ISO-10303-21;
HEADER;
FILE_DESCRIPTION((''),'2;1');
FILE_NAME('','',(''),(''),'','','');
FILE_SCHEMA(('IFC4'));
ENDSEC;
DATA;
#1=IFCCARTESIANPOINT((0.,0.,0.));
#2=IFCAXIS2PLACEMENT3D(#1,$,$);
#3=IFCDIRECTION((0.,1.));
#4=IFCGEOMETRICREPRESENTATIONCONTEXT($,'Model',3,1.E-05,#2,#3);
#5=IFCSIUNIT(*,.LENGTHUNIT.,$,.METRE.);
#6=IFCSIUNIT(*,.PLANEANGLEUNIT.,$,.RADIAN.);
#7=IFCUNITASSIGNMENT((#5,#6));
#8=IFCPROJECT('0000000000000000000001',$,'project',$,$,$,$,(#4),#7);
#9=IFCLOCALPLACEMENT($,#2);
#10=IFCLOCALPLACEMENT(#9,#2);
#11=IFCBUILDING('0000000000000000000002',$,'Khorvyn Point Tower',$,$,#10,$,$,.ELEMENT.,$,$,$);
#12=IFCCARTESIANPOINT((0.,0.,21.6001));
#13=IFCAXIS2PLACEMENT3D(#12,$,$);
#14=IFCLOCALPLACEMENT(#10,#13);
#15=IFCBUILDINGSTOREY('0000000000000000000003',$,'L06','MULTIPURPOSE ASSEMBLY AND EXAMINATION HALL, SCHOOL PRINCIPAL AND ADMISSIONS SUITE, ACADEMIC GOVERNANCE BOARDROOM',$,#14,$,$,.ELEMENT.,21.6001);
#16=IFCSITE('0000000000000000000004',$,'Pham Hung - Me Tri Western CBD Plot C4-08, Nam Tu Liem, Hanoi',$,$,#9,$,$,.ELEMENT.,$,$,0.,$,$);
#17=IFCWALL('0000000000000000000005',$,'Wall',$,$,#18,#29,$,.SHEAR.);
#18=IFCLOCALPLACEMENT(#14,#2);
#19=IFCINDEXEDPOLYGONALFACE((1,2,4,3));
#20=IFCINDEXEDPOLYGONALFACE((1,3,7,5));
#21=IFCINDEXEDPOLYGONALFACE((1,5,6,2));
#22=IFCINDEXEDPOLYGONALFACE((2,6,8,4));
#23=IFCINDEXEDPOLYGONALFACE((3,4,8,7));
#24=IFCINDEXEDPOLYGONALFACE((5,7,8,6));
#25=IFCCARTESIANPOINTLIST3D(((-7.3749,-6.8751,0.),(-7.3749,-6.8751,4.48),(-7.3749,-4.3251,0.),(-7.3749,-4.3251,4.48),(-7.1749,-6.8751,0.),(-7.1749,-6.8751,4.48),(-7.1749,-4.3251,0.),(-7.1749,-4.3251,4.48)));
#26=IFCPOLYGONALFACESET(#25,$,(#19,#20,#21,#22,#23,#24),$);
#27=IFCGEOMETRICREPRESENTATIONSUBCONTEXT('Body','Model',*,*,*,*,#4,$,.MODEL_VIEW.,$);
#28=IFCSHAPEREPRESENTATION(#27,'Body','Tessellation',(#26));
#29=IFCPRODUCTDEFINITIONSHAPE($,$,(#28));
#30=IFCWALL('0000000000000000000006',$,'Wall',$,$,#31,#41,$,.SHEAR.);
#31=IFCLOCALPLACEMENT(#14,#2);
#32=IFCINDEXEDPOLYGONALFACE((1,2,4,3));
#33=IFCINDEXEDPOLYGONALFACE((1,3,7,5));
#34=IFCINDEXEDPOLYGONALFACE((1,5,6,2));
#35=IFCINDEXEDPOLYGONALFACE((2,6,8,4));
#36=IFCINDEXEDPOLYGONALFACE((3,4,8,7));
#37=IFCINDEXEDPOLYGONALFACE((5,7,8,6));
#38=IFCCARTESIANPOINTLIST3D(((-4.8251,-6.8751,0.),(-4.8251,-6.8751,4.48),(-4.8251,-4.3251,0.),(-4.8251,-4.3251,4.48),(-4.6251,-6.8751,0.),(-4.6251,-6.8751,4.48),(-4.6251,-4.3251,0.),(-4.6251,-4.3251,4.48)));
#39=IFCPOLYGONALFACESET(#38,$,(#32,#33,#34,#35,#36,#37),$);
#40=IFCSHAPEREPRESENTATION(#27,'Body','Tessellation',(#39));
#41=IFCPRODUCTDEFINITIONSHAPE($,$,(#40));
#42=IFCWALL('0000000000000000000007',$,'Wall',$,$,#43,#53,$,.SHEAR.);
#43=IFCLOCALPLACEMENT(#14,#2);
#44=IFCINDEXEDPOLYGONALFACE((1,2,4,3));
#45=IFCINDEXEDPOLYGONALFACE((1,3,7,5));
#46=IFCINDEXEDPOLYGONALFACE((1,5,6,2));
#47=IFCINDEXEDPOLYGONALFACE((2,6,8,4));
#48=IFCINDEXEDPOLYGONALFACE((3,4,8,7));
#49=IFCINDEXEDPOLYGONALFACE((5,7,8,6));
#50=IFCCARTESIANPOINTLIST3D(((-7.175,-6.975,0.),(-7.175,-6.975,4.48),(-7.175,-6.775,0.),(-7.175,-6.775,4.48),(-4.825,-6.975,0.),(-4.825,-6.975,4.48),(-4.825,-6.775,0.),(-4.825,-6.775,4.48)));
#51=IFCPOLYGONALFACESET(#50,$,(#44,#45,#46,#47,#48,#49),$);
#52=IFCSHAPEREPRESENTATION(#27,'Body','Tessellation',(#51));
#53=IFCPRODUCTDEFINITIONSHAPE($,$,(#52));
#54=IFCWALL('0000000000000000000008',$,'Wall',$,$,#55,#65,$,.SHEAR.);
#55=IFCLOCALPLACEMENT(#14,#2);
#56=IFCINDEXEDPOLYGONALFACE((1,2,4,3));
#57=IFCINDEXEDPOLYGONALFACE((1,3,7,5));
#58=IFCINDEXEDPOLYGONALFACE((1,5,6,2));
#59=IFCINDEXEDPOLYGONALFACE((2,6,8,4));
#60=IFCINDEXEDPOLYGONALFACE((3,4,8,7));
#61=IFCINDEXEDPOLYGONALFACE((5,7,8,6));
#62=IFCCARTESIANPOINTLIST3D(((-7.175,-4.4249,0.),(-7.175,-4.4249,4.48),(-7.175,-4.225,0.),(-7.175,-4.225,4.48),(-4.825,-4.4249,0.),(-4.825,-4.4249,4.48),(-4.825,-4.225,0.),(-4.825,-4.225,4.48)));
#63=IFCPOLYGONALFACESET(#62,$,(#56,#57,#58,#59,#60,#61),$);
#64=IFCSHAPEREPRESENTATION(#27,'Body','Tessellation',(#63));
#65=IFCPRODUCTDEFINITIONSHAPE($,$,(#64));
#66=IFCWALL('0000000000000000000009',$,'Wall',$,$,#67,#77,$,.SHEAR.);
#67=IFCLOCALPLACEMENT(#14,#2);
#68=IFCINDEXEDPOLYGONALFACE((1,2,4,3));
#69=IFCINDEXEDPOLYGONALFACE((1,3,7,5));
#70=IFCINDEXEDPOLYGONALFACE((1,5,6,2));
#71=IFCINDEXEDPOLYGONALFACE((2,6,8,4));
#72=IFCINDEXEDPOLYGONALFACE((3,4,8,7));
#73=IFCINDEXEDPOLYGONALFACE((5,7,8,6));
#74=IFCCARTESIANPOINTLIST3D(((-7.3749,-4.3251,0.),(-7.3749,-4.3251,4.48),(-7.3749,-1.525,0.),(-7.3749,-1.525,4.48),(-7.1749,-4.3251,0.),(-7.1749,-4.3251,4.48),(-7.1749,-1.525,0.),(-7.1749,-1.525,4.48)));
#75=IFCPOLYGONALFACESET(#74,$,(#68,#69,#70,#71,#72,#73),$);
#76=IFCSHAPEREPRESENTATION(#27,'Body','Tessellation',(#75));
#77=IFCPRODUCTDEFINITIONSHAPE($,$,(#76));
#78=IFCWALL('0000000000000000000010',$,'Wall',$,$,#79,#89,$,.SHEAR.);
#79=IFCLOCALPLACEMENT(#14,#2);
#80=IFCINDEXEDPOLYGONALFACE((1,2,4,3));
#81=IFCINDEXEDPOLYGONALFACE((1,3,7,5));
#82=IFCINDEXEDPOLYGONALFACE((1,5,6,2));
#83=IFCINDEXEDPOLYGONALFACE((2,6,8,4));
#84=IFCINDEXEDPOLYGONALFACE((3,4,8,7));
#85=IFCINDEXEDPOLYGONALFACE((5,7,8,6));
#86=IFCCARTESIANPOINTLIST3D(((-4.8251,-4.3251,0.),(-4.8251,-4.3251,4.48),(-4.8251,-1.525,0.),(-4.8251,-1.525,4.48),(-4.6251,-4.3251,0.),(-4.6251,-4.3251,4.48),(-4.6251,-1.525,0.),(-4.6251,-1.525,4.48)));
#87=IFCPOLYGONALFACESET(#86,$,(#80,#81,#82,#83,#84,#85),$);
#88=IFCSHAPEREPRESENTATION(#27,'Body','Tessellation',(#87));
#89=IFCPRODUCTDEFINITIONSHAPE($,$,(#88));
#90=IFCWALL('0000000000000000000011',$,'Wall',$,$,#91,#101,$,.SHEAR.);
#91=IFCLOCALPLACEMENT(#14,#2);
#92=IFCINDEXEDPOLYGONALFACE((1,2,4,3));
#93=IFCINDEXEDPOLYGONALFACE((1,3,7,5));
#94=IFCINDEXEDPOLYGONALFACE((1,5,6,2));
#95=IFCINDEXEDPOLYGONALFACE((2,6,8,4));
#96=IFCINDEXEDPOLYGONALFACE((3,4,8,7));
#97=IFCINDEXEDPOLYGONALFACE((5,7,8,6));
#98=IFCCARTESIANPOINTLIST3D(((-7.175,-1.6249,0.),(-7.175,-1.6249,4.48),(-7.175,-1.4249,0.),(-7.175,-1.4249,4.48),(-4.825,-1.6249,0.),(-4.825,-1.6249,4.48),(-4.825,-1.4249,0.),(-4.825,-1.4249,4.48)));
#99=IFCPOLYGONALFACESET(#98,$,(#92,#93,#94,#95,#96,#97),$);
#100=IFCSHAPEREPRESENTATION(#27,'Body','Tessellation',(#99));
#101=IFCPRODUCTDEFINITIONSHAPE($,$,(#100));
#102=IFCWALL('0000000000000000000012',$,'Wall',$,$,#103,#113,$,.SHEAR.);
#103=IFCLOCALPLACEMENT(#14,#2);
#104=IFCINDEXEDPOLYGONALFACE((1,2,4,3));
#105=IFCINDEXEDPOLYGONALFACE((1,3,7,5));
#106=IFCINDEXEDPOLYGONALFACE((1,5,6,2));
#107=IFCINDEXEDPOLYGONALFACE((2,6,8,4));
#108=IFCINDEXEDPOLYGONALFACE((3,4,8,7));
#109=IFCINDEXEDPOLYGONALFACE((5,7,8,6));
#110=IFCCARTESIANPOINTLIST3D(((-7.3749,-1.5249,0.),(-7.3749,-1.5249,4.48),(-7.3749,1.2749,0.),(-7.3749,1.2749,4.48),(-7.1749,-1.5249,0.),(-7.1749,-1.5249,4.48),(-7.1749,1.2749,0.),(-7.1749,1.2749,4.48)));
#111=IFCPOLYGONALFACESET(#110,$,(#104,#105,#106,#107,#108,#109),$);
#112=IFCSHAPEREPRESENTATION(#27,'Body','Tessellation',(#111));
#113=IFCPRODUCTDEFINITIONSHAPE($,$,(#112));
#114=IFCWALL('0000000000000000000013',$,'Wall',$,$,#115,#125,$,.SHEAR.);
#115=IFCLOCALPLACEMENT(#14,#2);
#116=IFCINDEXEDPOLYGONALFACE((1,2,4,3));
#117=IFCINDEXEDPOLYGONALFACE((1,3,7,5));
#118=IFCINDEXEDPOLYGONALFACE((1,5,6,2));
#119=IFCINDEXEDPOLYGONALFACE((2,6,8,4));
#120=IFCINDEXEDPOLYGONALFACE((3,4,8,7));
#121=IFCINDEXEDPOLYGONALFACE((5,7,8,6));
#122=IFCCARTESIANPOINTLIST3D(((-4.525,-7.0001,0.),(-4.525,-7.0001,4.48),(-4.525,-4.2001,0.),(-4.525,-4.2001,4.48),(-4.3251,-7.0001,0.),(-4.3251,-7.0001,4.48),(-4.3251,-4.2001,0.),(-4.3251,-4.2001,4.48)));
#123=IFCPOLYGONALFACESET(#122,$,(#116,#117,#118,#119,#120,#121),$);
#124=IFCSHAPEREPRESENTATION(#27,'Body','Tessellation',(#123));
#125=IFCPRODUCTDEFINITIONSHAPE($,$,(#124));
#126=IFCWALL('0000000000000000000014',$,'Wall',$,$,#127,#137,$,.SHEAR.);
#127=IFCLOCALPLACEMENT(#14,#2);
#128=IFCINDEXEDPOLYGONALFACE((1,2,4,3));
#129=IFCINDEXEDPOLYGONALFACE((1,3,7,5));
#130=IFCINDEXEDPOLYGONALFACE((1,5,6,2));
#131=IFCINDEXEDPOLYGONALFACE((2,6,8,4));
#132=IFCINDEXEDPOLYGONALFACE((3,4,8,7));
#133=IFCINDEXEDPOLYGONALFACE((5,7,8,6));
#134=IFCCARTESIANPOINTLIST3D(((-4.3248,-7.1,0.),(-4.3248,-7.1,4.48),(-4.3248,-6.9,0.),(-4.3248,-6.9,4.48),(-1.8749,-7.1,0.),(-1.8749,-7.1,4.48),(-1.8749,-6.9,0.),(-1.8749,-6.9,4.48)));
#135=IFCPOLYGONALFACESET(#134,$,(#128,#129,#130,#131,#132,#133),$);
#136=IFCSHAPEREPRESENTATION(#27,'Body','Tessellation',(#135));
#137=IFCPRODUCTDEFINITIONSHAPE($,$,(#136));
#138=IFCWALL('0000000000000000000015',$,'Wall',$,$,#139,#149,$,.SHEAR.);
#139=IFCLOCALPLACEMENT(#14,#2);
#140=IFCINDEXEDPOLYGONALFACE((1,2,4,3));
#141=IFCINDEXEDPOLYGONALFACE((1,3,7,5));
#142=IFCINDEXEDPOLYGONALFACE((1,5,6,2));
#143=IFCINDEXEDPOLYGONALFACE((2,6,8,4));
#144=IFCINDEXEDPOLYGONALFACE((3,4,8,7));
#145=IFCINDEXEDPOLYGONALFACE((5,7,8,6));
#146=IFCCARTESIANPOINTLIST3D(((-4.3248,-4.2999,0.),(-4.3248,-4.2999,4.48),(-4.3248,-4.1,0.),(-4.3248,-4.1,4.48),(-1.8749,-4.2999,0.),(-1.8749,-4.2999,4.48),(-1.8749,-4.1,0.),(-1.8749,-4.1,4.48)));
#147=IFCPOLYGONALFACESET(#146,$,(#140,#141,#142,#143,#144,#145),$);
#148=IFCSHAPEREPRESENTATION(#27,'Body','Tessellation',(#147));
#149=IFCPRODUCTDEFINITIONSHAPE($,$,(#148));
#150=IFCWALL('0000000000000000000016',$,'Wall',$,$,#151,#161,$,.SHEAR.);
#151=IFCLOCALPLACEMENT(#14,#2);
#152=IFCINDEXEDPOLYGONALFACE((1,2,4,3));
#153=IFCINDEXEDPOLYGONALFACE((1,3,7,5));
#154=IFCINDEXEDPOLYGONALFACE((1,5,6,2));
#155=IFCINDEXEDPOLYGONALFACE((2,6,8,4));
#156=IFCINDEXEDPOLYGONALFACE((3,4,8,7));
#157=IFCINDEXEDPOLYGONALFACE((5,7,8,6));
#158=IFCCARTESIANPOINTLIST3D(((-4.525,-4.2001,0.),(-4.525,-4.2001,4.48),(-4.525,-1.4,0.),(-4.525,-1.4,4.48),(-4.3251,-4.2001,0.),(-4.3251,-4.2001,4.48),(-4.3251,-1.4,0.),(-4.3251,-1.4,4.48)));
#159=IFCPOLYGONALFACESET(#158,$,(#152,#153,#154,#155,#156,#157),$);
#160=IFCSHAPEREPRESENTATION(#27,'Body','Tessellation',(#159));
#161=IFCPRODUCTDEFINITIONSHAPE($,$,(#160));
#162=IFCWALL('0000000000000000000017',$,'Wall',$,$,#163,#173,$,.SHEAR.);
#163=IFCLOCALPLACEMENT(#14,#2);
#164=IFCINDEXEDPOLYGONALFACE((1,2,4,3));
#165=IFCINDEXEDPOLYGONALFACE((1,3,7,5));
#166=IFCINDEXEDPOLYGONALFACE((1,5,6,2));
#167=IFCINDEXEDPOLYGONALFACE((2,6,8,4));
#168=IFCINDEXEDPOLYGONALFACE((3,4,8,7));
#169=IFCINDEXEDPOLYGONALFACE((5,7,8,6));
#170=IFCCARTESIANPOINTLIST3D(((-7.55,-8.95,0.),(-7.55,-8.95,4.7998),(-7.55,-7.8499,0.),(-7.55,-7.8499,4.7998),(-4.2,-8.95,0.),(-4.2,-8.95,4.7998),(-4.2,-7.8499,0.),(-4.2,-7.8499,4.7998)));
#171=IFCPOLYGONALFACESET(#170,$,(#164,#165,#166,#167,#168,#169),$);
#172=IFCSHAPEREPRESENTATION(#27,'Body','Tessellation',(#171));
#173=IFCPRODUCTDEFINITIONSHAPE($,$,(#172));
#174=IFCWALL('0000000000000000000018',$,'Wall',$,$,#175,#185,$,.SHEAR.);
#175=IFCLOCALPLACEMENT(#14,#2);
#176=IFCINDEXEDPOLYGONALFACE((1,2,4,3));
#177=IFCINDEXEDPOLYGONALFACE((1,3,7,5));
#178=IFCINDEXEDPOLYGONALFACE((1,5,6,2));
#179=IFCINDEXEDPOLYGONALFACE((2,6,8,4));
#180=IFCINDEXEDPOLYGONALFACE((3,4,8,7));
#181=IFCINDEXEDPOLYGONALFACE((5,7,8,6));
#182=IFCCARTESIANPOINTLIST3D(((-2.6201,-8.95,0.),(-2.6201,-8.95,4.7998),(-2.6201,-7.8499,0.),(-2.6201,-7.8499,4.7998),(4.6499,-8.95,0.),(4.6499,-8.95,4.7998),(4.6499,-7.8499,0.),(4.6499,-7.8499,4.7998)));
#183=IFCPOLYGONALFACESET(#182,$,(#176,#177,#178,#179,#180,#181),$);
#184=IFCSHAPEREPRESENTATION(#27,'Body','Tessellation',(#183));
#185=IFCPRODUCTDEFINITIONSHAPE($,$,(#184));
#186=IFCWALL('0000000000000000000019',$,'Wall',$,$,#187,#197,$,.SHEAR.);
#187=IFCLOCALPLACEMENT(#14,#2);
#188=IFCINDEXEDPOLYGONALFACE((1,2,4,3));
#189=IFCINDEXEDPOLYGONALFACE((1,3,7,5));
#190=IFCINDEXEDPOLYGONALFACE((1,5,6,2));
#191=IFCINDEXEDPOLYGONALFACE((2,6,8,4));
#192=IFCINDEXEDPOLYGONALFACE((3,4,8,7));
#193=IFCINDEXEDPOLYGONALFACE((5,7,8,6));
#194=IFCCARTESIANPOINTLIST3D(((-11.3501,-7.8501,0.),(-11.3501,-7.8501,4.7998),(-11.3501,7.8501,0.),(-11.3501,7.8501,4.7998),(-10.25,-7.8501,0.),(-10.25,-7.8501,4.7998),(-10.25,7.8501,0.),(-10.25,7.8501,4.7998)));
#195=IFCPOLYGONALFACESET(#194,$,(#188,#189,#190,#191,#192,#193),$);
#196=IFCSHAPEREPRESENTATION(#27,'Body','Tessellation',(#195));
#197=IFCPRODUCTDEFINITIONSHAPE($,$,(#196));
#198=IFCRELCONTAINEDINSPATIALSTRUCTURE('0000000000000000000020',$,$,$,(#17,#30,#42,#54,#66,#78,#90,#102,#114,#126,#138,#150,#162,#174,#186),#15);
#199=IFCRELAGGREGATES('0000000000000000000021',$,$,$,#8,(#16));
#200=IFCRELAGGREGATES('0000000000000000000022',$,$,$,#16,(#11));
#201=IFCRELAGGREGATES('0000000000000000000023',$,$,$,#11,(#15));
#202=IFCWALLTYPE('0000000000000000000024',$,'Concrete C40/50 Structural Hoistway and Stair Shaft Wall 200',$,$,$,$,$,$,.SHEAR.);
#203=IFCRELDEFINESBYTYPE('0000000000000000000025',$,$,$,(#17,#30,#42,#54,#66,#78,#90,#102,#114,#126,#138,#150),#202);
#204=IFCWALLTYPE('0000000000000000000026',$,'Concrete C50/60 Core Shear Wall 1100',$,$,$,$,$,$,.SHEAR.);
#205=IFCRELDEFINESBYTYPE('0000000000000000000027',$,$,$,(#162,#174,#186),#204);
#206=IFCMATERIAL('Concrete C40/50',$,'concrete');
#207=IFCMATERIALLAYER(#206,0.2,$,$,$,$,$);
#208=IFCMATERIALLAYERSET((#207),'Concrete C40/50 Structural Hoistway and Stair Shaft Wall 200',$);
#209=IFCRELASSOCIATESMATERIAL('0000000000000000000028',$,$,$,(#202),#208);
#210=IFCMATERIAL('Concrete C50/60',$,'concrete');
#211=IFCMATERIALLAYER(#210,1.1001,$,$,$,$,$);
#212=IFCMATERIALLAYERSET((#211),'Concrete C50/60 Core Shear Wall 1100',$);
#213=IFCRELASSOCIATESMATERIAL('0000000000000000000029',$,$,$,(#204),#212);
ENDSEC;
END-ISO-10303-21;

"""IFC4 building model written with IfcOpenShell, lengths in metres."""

from ifc_helpers import new_model, si_unit, direction, frame, frame_2d, origin, place, context, subcontext, project, spatial, rectangle, extrude, material, layer, layer_set, type_object, element, save


model = new_model("IFC4")

# Units and contexts
model_context = context("Model", 3, precision=1e-05, world=origin(), true_north=direction((0.0, 1.0)))
body_context = subcontext(model_context, "Body", "Model", "MODEL_VIEW")
ifc_project = project(units=[si_unit("LENGTHUNIT", "METRE"), si_unit("PLANEANGLEUNIT", "RADIAN")], contexts=[model_context])

# Site, building, storey
site_placement = place(None, origin())
site = spatial("IfcSite", under=ifc_project, at=site_placement, Name="Pham Hung - Me Tri Western CBD Plot C4-08, Nam Tu Liem, Hanoi", CompositionType="ELEMENT", RefElevation=0.0)
building_placement = place(site_placement, origin())
building = spatial("IfcBuilding", under=site, at=building_placement, Name="Khorvyn Point Tower", CompositionType="ELEMENT")
storey_placement = place(building_placement, frame((0.0, 0.0, 21.6001)))
storey = spatial("IfcBuildingStorey", under=building, at=storey_placement, Name="L06", Description="MULTIPURPOSE ASSEMBLY AND EXAMINATION HALL, SCHOOL PRINCIPAL AND ADMISSIONS SUITE, ACADEMIC GOVERNANCE BOARDROOM", CompositionType="ELEMENT", Elevation=21.6001)

# Shared definitions
ifc_material_1 = material(Name="Concrete C40/50", Category="concrete")
ifc_material_2 = material(Name="Concrete C50/60", Category="concrete")

# Walls
ifc_layer_1 = layer(ifc_material_1, 0.2)
ifc_layer_set_1 = layer_set([ifc_layer_1], Name="Concrete C40/50 Structural Hoistway and Stair Shaft Wall 200")
wall_type_1 = type_object("IfcWallType", Name="Concrete C40/50 Structural Hoistway and Stair Shaft Wall 200", PredefinedType="SHEAR", material=ifc_layer_set_1)
for number, where, z_axis, x_axis, name in (
    (1, (-7.2749, -6.875, 0.0), (0.0, 0.0, 1.0), (0.0, 1.0, 0.0), "Wall"),
    (2, (-4.7251, -6.875, 0.0), (0.0, 0.0, 1.0), (0.0, 1.0, 0.0), "Wall"),
):
    element("IfcWall", number, at=place(storey_placement, frame(where, z_axis=z_axis, x_axis=x_axis)), inside=storey, type_object=wall_type_1, Name=name, PredefinedType="SHEAR", context=body_context, shape_type="SweptSolid", body=[
        extrude(rectangle(XDim=2.55, YDim=0.2, at=frame_2d((1.2749, 0.0))), origin(), (0.0, 0.0, 1.0), 4.48),
    ])
for number, where, z_axis, x_axis, name in (
    (3, (-7.175, -6.875, 0.0), (0.0, 0.0, 1.0), (1.0, 0.0, 0.0), "Wall"),
    (4, (-7.175, -4.325, 0.0), (0.0, 0.0, 1.0), (1.0, 0.0, 0.0), "Wall"),
):
    element("IfcWall", number, at=place(storey_placement, frame(where, z_axis=z_axis, x_axis=x_axis)), inside=storey, type_object=wall_type_1, Name=name, PredefinedType="SHEAR", context=body_context, shape_type="SweptSolid", body=[
        extrude(rectangle(XDim=2.3501, YDim=0.2, at=frame_2d((1.175, 0.0))), origin(), (0.0, 0.0, 1.0), 4.48),
    ])
for number, where, z_axis, x_axis, name in (
    (5, (-7.2749, -4.325, 0.0), (0.0, 0.0, 1.0), (0.0, 1.0, 0.0), "Wall"),
    (6, (-4.7251, -4.325, 0.0), (0.0, 0.0, 1.0), (0.0, 1.0, 0.0), "Wall"),
):
    element("IfcWall", number, at=place(storey_placement, frame(where, z_axis=z_axis, x_axis=x_axis)), inside=storey, type_object=wall_type_1, Name=name, PredefinedType="SHEAR", context=body_context, shape_type="SweptSolid", body=[
        extrude(rectangle(XDim=2.8, YDim=0.2, at=frame_2d((1.3999, 0.0))), origin(), (0.0, 0.0, 1.0), 4.48),
    ])
wall_1_placement = place(storey_placement, frame((-7.175, -1.5249, 0.0), z_axis=(0.0, 0.0, 1.0), x_axis=(1.0, 0.0, 0.0)))
element("IfcWall", 7, at=wall_1_placement, inside=storey, type_object=wall_type_1, Name="Wall", PredefinedType="SHEAR", context=body_context, shape_type="SweptSolid", body=[
    extrude(rectangle(XDim=2.3501, YDim=0.2, at=frame_2d((1.175, 0.0))), origin(), (0.0, 0.0, 1.0), 4.48),
])
wall_2_placement = place(storey_placement, frame((-7.2749, -1.5249, 0.0), z_axis=(0.0, 0.0, 1.0), x_axis=(0.0, 1.0, 0.0)))
element("IfcWall", 8, at=wall_2_placement, inside=storey, type_object=wall_type_1, Name="Wall", PredefinedType="SHEAR", context=body_context, shape_type="SweptSolid", body=[
    extrude(rectangle(XDim=2.7998, YDim=0.2, at=frame_2d((1.3999, 0.0))), origin(), (0.0, 0.0, 1.0), 4.48),
])
wall_3_placement = place(storey_placement, frame((-4.425, -7.0, 0.0), z_axis=(0.0, 0.0, 1.0), x_axis=(0.0, 1.0, 0.0)))
element("IfcWall", 9, at=wall_3_placement, inside=storey, type_object=wall_type_1, Name="Wall", PredefinedType="SHEAR", context=body_context, shape_type="SweptSolid", body=[
    extrude(rectangle(XDim=2.8, YDim=0.2, at=frame_2d((1.3999, 0.0))), origin(), (0.0, 0.0, 1.0), 4.48),
])
for number, where, z_axis, x_axis, name in (
    (10, (-4.325, -7.0, 0.0), (0.0, 0.0, 1.0), (1.0, 0.0, 0.0), "Wall"),
    (11, (-4.325, -4.2, 0.0), (0.0, 0.0, 1.0), (1.0, 0.0, 0.0), "Wall"),
):
    element("IfcWall", number, at=place(storey_placement, frame(where, z_axis=z_axis, x_axis=x_axis)), inside=storey, type_object=wall_type_1, Name=name, PredefinedType="SHEAR", context=body_context, shape_type="SweptSolid", body=[
        extrude(rectangle(XDim=2.45, YDim=0.2, at=frame_2d((1.2251, 0.0))), origin(), (0.0, 0.0, 1.0), 4.48),
    ])
wall_4_placement = place(storey_placement, frame((-4.425, -4.2, 0.0), z_axis=(0.0, 0.0, 1.0), x_axis=(0.0, 1.0, 0.0)))
element("IfcWall", 12, at=wall_4_placement, inside=storey, type_object=wall_type_1, Name="Wall", PredefinedType="SHEAR", context=body_context, shape_type="SweptSolid", body=[
    extrude(rectangle(XDim=2.8, YDim=0.2, at=frame_2d((1.3999, 0.0))), origin(), (0.0, 0.0, 1.0), 4.48),
])
ifc_layer_2 = layer(ifc_material_2, 1.1001)
ifc_layer_set_2 = layer_set([ifc_layer_2], Name="Concrete C50/60 Core Shear Wall 1100")
wall_type_2 = type_object("IfcWallType", Name="Concrete C50/60 Core Shear Wall 1100", PredefinedType="SHEAR", material=ifc_layer_set_2)
wall_5_placement = place(storey_placement, frame((-7.55, -8.3999, 0.0), z_axis=(0.0, 0.0, 1.0), x_axis=(1.0, 0.0, 0.0)))
element("IfcWall", 13, at=wall_5_placement, inside=storey, type_object=wall_type_2, Name="Wall", PredefinedType="SHEAR", context=body_context, shape_type="SweptSolid", body=[
    extrude(rectangle(XDim=3.3501, YDim=1.1001, at=frame_2d((1.675, 0.0))), origin(), (0.0, 0.0, 1.0), 4.7998),
])
wall_6_placement = place(storey_placement, frame((-2.6201, -8.3999, 0.0), z_axis=(0.0, 0.0, 1.0), x_axis=(1.0, 0.0, 0.0)))
element("IfcWall", 14, at=wall_6_placement, inside=storey, type_object=wall_type_2, Name="Wall", PredefinedType="SHEAR", context=body_context, shape_type="SweptSolid", body=[
    extrude(rectangle(XDim=7.27, YDim=1.1001, at=frame_2d((3.635, 0.0))), origin(), (0.0, 0.0, 1.0), 4.7998),
])
wall_7_placement = place(storey_placement, frame((-10.8, -7.8501, 0.0), z_axis=(0.0, 0.0, 1.0), x_axis=(0.0, 1.0, 0.0)))
element("IfcWall", 15, at=wall_7_placement, inside=storey, type_object=wall_type_2, Name="Wall", PredefinedType="SHEAR", context=body_context, shape_type="SweptSolid", body=[
    extrude(rectangle(XDim=15.7002, YDim=1.1001, at=frame_2d((7.8501, 0.0))), origin(), (0.0, 0.0, 1.0), 4.7998),
])

save(model, "model.ifc")
